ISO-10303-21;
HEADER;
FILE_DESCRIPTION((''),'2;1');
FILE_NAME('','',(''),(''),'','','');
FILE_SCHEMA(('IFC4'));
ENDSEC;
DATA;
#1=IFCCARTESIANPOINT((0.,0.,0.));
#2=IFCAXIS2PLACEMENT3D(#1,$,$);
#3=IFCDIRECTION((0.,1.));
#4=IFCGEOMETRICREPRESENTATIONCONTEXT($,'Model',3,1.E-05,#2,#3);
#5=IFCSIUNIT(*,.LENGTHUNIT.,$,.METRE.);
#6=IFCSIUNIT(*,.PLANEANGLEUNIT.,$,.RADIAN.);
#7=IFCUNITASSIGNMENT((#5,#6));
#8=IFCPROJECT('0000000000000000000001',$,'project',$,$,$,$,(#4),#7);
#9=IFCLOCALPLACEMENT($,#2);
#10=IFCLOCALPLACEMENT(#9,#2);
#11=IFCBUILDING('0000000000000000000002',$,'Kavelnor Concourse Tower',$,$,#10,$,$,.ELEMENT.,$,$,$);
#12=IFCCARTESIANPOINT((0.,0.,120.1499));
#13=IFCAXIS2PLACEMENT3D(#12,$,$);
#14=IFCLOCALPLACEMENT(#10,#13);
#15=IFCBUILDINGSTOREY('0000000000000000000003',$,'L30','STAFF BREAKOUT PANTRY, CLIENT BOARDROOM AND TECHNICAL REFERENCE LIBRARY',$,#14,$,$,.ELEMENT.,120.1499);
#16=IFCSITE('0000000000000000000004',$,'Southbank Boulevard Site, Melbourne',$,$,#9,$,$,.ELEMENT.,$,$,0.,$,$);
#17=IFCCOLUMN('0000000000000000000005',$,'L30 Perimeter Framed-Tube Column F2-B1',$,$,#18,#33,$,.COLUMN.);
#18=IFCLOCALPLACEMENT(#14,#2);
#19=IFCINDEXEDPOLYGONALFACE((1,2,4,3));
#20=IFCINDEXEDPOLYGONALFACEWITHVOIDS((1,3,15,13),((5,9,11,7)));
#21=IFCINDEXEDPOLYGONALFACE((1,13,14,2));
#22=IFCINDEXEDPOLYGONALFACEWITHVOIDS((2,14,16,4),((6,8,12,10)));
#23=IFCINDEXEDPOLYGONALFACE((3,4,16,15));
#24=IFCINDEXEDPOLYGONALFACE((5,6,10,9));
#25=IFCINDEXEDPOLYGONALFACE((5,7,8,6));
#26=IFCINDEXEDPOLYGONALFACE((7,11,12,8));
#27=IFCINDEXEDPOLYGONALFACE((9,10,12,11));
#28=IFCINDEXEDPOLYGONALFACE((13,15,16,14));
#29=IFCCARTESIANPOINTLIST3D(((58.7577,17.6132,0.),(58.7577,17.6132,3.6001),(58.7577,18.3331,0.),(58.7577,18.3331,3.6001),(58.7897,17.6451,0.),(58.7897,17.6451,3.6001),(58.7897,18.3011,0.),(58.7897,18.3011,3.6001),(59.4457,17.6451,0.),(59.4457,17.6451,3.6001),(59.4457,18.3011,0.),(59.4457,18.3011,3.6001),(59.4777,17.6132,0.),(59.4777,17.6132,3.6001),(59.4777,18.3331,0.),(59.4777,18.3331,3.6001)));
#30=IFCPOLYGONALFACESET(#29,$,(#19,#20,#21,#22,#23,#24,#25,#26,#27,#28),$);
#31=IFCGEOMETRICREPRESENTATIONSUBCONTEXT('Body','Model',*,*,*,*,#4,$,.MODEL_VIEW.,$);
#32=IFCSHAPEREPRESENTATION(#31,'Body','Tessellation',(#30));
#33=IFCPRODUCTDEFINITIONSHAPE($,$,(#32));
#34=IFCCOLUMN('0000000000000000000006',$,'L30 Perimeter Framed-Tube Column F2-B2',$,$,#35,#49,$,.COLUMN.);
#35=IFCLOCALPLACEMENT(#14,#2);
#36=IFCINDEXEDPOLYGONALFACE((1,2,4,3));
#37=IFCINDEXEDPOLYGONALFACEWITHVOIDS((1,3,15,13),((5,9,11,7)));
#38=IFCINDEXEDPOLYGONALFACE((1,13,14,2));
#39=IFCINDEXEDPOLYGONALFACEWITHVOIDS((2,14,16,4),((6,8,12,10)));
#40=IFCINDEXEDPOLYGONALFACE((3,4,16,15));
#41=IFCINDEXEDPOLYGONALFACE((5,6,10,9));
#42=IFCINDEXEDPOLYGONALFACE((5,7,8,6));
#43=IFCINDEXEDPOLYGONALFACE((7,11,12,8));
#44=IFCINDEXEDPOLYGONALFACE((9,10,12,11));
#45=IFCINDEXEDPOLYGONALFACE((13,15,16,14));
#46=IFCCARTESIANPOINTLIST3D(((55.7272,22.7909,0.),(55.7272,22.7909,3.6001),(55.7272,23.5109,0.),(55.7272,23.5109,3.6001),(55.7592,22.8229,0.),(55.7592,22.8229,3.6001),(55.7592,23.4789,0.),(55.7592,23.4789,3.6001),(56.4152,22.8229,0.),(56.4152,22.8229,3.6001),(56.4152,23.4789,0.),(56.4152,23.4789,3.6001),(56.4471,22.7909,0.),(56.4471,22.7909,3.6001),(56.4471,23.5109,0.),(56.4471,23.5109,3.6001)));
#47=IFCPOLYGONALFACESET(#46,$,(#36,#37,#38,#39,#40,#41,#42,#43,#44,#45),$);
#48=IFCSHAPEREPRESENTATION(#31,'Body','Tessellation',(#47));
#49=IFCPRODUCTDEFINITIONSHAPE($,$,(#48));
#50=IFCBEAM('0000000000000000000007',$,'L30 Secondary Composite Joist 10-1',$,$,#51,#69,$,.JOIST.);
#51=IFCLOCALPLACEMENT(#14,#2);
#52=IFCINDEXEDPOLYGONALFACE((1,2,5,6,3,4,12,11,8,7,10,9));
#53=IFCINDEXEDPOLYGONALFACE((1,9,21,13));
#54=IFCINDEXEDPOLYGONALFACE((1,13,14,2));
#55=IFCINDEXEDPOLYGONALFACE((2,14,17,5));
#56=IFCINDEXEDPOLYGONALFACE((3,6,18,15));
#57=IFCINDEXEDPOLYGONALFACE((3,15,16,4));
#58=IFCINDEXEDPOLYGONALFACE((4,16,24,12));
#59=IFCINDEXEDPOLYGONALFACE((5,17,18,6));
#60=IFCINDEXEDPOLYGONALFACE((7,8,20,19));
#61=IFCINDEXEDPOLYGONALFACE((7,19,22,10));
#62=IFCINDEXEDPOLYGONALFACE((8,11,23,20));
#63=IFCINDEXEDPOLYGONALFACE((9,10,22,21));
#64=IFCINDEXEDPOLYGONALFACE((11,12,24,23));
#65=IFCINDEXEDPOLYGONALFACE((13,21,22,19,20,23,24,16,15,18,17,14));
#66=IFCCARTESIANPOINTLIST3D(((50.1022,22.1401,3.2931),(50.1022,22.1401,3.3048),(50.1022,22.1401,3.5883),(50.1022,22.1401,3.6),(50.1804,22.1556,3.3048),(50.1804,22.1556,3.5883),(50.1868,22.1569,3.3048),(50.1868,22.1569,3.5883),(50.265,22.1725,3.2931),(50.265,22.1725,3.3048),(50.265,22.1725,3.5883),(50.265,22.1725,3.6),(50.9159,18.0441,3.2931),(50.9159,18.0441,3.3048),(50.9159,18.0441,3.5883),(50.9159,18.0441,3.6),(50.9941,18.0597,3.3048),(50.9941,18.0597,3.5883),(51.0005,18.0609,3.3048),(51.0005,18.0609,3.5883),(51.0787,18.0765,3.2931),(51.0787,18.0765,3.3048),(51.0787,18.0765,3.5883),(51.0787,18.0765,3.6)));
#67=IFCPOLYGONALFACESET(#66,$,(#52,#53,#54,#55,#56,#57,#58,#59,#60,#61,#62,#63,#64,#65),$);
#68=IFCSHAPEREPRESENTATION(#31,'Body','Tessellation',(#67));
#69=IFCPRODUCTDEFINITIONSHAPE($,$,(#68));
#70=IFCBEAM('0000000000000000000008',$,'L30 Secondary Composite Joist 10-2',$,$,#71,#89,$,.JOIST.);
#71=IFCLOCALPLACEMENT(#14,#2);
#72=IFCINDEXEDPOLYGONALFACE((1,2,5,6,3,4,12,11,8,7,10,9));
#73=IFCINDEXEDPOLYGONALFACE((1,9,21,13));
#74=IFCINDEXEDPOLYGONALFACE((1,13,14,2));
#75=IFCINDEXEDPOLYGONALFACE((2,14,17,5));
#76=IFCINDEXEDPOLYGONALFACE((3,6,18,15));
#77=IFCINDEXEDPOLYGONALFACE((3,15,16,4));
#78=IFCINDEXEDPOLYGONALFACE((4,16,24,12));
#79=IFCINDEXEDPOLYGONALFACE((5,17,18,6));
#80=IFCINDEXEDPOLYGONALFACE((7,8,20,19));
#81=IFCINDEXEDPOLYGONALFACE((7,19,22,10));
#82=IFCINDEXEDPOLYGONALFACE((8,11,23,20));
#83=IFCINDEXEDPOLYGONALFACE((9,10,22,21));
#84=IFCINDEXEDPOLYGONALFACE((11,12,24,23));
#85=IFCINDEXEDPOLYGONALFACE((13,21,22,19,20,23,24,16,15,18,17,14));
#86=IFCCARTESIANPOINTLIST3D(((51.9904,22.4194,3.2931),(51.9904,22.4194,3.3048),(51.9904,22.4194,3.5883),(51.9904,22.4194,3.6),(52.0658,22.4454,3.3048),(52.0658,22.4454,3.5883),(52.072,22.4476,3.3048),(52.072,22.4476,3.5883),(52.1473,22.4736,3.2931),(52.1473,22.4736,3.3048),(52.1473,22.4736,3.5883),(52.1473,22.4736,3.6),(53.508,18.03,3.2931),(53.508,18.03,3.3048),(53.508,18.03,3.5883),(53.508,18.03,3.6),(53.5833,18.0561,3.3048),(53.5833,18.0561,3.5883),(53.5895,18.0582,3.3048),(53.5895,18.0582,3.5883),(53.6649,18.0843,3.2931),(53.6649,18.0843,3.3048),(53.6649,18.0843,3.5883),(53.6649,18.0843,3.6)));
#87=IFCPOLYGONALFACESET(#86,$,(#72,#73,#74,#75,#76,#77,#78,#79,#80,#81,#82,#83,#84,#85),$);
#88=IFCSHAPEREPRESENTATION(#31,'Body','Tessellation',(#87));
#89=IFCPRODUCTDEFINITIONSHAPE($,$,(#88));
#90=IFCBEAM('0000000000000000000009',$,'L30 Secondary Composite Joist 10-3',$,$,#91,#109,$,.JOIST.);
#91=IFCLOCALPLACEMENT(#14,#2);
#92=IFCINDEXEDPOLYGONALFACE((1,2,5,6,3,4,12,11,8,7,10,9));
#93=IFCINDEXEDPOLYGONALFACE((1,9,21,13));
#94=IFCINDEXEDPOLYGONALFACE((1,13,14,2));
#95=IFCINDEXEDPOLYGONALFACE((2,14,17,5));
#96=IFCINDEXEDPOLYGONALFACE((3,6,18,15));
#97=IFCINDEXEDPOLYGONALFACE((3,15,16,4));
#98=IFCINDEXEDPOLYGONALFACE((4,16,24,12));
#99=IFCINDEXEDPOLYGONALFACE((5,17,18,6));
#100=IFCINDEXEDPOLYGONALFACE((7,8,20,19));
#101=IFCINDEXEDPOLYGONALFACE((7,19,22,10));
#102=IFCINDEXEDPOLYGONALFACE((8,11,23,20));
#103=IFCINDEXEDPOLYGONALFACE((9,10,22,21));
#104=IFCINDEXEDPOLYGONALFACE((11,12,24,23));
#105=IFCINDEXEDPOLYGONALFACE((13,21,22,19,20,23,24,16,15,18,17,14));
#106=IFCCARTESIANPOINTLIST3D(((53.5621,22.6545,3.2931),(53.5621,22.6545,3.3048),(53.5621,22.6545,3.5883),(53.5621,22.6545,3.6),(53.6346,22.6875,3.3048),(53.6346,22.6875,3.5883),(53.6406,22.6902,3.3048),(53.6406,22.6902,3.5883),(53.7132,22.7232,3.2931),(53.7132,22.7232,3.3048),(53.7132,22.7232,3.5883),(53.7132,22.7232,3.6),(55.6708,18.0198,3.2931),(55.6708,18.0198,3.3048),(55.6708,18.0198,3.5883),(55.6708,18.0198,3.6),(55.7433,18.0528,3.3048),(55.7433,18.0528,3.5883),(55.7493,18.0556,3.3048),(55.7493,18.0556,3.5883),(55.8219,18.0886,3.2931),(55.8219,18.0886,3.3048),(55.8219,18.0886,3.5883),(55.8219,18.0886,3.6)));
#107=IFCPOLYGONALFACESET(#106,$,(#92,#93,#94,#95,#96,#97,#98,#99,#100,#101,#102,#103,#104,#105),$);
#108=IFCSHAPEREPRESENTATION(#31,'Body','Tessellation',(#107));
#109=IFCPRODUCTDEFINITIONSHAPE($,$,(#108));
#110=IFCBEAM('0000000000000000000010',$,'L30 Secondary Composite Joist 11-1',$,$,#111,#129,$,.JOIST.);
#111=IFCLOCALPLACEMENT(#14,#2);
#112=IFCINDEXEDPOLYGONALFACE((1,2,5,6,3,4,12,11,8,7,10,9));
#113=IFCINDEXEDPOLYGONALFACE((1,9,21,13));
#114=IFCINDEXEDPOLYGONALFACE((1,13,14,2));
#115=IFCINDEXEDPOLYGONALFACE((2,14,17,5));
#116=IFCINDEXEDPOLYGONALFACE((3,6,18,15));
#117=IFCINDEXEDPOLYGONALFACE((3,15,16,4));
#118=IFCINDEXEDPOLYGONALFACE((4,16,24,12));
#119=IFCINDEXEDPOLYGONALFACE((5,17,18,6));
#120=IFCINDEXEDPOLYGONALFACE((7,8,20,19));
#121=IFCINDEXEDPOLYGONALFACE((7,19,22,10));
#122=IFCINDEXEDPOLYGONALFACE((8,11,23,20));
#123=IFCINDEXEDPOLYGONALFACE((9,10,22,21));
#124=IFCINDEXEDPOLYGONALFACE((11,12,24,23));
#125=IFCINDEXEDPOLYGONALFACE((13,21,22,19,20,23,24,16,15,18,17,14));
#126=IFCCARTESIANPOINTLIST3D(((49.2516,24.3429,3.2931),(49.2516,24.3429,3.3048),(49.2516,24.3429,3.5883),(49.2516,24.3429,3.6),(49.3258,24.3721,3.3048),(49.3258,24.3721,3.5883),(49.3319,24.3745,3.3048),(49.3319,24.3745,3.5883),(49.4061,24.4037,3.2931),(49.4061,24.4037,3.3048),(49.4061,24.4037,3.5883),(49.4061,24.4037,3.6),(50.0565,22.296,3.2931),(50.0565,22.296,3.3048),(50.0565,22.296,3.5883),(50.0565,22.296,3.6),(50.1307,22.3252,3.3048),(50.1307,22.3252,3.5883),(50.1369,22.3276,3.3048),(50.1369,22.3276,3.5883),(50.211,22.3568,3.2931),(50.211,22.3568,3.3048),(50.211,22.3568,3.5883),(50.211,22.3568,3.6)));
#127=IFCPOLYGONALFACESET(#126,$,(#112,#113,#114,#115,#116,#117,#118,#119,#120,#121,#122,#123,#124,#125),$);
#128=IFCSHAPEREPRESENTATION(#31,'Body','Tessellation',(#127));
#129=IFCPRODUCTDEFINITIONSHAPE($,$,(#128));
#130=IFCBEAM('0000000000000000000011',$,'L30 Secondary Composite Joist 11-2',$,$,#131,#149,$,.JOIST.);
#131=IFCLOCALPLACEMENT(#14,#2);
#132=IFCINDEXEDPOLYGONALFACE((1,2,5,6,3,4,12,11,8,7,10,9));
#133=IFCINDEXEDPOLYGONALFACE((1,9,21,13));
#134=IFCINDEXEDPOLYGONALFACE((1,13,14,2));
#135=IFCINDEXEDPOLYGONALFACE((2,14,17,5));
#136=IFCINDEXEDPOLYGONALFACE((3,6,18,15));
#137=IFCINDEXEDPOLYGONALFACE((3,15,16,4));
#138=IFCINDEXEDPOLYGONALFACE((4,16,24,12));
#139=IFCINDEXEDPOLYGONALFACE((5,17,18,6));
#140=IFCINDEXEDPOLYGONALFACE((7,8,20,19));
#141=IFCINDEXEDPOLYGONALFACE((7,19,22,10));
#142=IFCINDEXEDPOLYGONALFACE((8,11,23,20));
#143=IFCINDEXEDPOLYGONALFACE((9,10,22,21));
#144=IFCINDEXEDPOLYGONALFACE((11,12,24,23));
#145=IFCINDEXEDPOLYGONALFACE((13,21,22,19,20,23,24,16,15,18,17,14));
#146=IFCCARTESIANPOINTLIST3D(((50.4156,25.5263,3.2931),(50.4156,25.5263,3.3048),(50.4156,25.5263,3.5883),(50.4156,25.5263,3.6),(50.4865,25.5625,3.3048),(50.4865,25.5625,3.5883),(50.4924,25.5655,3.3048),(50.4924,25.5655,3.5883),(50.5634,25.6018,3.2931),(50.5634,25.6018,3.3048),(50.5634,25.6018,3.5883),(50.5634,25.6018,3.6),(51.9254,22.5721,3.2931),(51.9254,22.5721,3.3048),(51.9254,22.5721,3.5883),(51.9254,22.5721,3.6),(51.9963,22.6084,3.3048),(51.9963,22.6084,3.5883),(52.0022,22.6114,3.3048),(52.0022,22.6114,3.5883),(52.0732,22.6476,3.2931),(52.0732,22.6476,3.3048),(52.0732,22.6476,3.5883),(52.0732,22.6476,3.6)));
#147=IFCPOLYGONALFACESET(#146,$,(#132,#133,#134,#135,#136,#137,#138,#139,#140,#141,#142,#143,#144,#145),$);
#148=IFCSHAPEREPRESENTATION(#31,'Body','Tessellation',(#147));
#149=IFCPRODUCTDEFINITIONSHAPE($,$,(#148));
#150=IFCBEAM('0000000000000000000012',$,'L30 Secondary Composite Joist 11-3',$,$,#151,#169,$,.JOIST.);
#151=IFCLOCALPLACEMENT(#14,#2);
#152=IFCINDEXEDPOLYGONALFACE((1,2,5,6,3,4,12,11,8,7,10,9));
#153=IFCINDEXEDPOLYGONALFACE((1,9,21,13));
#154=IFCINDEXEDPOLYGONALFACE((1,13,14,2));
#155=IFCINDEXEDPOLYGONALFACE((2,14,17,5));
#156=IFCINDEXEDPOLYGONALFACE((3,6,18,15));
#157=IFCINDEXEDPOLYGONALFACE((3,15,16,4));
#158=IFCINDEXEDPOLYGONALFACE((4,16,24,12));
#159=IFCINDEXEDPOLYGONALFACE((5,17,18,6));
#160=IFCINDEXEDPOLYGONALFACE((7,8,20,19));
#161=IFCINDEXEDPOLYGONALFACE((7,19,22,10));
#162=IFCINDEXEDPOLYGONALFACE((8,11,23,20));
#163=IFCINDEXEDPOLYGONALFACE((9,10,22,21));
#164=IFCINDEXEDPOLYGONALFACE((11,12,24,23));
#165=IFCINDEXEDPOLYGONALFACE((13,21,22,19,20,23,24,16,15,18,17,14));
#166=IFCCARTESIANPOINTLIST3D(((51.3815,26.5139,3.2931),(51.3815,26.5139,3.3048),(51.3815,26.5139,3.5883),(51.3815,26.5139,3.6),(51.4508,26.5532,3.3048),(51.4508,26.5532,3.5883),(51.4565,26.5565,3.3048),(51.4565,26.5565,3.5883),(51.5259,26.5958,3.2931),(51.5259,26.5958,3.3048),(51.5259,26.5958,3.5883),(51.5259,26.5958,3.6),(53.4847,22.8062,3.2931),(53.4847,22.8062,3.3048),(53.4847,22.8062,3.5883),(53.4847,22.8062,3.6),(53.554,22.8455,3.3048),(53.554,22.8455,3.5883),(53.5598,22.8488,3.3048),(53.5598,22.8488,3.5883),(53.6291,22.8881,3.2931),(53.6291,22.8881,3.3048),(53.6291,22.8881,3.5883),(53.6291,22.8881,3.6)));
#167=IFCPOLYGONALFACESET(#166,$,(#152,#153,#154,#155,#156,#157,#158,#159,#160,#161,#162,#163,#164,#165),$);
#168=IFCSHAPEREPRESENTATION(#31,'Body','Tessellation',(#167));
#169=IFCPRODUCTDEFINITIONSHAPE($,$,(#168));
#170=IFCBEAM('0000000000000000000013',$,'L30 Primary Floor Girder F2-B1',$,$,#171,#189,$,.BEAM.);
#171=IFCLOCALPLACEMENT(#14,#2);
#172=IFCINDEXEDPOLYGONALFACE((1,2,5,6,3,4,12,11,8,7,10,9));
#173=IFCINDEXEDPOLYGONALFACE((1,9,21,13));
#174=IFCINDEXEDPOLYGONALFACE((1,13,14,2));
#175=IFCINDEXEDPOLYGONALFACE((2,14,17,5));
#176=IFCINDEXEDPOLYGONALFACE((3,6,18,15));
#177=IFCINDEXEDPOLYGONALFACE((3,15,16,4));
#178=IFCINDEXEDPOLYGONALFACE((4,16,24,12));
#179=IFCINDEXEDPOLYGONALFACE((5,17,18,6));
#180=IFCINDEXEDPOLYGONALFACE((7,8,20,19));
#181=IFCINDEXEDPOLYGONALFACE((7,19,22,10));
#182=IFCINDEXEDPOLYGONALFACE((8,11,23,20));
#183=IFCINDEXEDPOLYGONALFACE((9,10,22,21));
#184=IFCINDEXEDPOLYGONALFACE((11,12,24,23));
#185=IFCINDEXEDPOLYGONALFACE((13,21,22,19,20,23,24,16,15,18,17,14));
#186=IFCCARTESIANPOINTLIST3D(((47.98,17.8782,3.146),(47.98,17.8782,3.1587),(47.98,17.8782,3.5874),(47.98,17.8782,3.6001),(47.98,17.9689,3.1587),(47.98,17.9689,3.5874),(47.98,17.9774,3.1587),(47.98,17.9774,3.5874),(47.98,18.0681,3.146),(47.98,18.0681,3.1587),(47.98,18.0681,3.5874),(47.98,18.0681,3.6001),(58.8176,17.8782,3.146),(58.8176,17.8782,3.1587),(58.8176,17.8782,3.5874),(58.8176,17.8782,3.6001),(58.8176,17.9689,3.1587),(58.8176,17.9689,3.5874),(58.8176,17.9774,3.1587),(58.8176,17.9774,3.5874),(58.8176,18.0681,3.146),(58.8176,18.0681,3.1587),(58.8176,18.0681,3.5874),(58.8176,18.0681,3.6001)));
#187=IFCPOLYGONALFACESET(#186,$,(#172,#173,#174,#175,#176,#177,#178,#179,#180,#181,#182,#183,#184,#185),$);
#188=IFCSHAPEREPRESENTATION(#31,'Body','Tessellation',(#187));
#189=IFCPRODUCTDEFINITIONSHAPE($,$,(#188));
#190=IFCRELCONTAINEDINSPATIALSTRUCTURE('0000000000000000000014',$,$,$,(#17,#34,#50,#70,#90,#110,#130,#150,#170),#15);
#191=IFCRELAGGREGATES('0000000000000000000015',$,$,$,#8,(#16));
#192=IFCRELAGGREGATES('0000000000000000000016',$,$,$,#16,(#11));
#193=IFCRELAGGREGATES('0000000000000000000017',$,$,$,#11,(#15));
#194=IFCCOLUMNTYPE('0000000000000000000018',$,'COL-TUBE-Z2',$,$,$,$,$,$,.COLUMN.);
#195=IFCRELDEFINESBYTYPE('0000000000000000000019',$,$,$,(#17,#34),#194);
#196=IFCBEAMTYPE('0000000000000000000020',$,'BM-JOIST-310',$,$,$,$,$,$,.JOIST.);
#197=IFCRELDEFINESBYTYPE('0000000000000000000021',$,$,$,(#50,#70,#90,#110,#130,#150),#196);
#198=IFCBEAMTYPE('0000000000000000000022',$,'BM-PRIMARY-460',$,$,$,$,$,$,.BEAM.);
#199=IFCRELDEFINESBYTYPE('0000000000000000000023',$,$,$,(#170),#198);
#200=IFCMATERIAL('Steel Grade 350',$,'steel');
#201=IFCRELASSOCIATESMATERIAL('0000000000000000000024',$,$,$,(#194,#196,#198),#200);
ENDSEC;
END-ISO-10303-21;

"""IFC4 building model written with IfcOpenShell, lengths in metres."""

from ifc_helpers import new_model, si_unit, direction, frame, origin, origin_2d, place, context, subcontext, project, spatial, hollow_rectangle, i_section, extrude, material, material_profile, profile_set, type_object, element, save


model = new_model("IFC4")

# Units and contexts
model_context = context("Model", 3, precision=1e-05, world=origin(), true_north=direction((0.0, 1.0)))
body_context = subcontext(model_context, "Body", "Model", "MODEL_VIEW")
ifc_project = project(units=[si_unit("LENGTHUNIT", "METRE"), si_unit("PLANEANGLEUNIT", "RADIAN")], contexts=[model_context])

# Site, building, storey
site_placement = place(None, origin())
site = spatial("IfcSite", under=ifc_project, at=site_placement, Name="Southbank Boulevard Site, Melbourne", CompositionType="ELEMENT", RefElevation=0.0)
building_placement = place(site_placement, origin())
building = spatial("IfcBuilding", under=site, at=building_placement, Name="Kavelnor Concourse Tower", CompositionType="ELEMENT")
storey_placement = place(building_placement, frame((0.0, 0.0, 120.1499)))
storey = spatial("IfcBuildingStorey", under=building, at=storey_placement, Name="L30", Description="STAFF BREAKOUT PANTRY, CLIENT BOARDROOM AND TECHNICAL REFERENCE LIBRARY", CompositionType="ELEMENT", Elevation=120.1499)

# Columns
ifc_material_1 = material(Name="Steel Grade 350", Category="steel")
ifc_material_profile_1 = material_profile(ifc_material_1, hollow_rectangle(XDim=0.72, YDim=0.72, WallThickness=0.032, at=origin_2d()), Name="SHS 720x720x32")
ifc_profile_set_1 = profile_set([ifc_material_profile_1], Name="Steel Grade 350")
column_type = type_object("IfcColumnType", Name="COL-TUBE-Z2", PredefinedType="COLUMN", material=ifc_profile_set_1)
for number, where, z_axis, x_axis, name in (
    (1, (59.1177, 17.9731, 0.0), (0.0, 0.0, 1.0), (1.0, 0.0, 0.0), "L30 Perimeter Framed-Tube Column F2-B1"),
    (2, (56.0872, 23.1509, 0.0), (0.0, 0.0, 1.0), (1.0, 0.0, 0.0), "L30 Perimeter Framed-Tube Column F2-B2"),
):
    element("IfcColumn", number, at=place(storey_placement, frame(where, z_axis=z_axis, x_axis=x_axis)), inside=storey, type_object=column_type, Name=name, PredefinedType="COLUMN", context=body_context, shape_type="SweptSolid", body=[
        extrude(hollow_rectangle(XDim=0.72, YDim=0.72, WallThickness=0.032, at=origin_2d()), origin(), (0.0, 0.0, 1.0), 3.6001),
    ])

# Beams
ifc_material_profile_2 = material_profile(ifc_material_1, i_section(OverallWidth=0.166, OverallDepth=0.3069, WebThickness=0.0066, FlangeThickness=0.0117, at=origin_2d()), Name="310UB46")
ifc_profile_set_2 = profile_set([ifc_material_profile_2], Name="Steel Grade 350")
beam_type_1 = type_object("IfcBeamType", Name="BM-JOIST-310", PredefinedType="JOIST", material=ifc_profile_set_2)
beam_1_placement = place(storey_placement, frame((50.9973, 18.0603, 3.4465), z_axis=(-0.194857, 0.980832, 0.0), x_axis=(-0.980832, -0.194857, 0.0)))
element("IfcBeam", 3, at=beam_1_placement, inside=storey, type_object=beam_type_1, Name="L30 Secondary Composite Joist 10-1", PredefinedType="JOIST", context=body_context, shape_type="SweptSolid", body=[
    extrude(i_section(OverallWidth=0.166, OverallDepth=0.3069, WebThickness=0.0066, FlangeThickness=0.0117, at=origin_2d()), origin(), (0.0, 0.0, 1.0), 4.176),
])
beam_2_placement = place(storey_placement, frame((53.5864, 18.0571, 3.4465), z_axis=(-0.326758, 0.945108, 0.0), x_axis=(-0.945108, -0.326758, 0.0)))
element("IfcBeam", 4, at=beam_2_placement, inside=storey, type_object=beam_type_1, Name="L30 Secondary Composite Joist 10-2", PredefinedType="JOIST", context=body_context, shape_type="SweptSolid", body=[
    extrude(i_section(OverallWidth=0.166, OverallDepth=0.3069, WebThickness=0.0066, FlangeThickness=0.0117, at=origin_2d()), origin(), (0.0, 0.0, 1.0), 4.6443),
])
beam_3_placement = place(storey_placement, frame((55.7463, 18.0542, 3.4465), z_axis=(-0.414135, 0.910215, 0.0), x_axis=(-0.910215, -0.414135, 0.0)))
element("IfcBeam", 5, at=beam_3_placement, inside=storey, type_object=beam_type_1, Name="L30 Secondary Composite Joist 10-3", PredefinedType="JOIST", context=body_context, shape_type="SweptSolid", body=[
    extrude(i_section(OverallWidth=0.166, OverallDepth=0.3069, WebThickness=0.0066, FlangeThickness=0.0117, at=origin_2d()), origin(), (0.0, 0.0, 1.0), 5.0918),
])
beam_4_placement = place(storey_placement, frame((50.1338, 22.3264, 3.4465), z_axis=(-0.365968, 0.930627, 0.0), x_axis=(-0.930627, -0.365968, 0.0)))
element("IfcBeam", 6, at=beam_4_placement, inside=storey, type_object=beam_type_1, Name="L30 Secondary Composite Joist 11-1", PredefinedType="JOIST", context=body_context, shape_type="SweptSolid", body=[
    extrude(i_section(OverallWidth=0.166, OverallDepth=0.3069, WebThickness=0.0066, FlangeThickness=0.0117, at=origin_2d()), origin(), (0.0, 0.0, 1.0), 2.1995),
])
beam_5_placement = place(storey_placement, frame((51.9993, 22.6099, 3.4465), z_axis=(-0.455085, 0.890448, 0.0), x_axis=(-0.890448, -0.455085, 0.0)))
element("IfcBeam", 7, at=beam_5_placement, inside=storey, type_object=beam_type_1, Name="L30 Secondary Composite Joist 11-2", PredefinedType="JOIST", context=body_context, shape_type="SweptSolid", body=[
    extrude(i_section(OverallWidth=0.166, OverallDepth=0.3069, WebThickness=0.0066, FlangeThickness=0.0117, at=origin_2d()), origin(), (0.0, 0.0, 1.0), 3.3176),
])
beam_6_placement = place(storey_placement, frame((53.5569, 22.8472, 3.4465), z_axis=(-0.493404, 0.8698, 0.0), x_axis=(-0.8698, -0.493404, 0.0)))
element("IfcBeam", 8, at=beam_6_placement, inside=storey, type_object=beam_type_1, Name="L30 Secondary Composite Joist 11-3", PredefinedType="JOIST", context=body_context, shape_type="SweptSolid", body=[
    extrude(i_section(OverallWidth=0.166, OverallDepth=0.3069, WebThickness=0.0066, FlangeThickness=0.0117, at=origin_2d()), origin(), (0.0, 0.0, 1.0), 4.2627),
])
ifc_material_profile_3 = material_profile(ifc_material_1, i_section(OverallWidth=0.1899, OverallDepth=0.4541, WebThickness=0.0085, FlangeThickness=0.0127, at=origin_2d()), Name="460UB67")
ifc_profile_set_3 = profile_set([ifc_material_profile_3], Name="Steel Grade 350")
beam_type_2 = type_object("IfcBeamType", Name="BM-PRIMARY-460", PredefinedType="BEAM", material=ifc_profile_set_3)
beam_7_placement = place(storey_placement, frame((47.98, 17.9731, 3.373), z_axis=(1.0, 0.0, 0.0), x_axis=(0.0, 1.0, 0.0)))
element("IfcBeam", 9, at=beam_7_placement, inside=storey, type_object=beam_type_2, Name="L30 Primary Floor Girder F2-B1", PredefinedType="BEAM", context=body_context, shape_type="SweptSolid", body=[
    extrude(i_section(OverallWidth=0.1899, OverallDepth=0.4541, WebThickness=0.0085, FlangeThickness=0.0127, at=origin_2d()), origin(), (0.0, 0.0, 1.0), 10.8376),
])

save(model, "model.ifc")
